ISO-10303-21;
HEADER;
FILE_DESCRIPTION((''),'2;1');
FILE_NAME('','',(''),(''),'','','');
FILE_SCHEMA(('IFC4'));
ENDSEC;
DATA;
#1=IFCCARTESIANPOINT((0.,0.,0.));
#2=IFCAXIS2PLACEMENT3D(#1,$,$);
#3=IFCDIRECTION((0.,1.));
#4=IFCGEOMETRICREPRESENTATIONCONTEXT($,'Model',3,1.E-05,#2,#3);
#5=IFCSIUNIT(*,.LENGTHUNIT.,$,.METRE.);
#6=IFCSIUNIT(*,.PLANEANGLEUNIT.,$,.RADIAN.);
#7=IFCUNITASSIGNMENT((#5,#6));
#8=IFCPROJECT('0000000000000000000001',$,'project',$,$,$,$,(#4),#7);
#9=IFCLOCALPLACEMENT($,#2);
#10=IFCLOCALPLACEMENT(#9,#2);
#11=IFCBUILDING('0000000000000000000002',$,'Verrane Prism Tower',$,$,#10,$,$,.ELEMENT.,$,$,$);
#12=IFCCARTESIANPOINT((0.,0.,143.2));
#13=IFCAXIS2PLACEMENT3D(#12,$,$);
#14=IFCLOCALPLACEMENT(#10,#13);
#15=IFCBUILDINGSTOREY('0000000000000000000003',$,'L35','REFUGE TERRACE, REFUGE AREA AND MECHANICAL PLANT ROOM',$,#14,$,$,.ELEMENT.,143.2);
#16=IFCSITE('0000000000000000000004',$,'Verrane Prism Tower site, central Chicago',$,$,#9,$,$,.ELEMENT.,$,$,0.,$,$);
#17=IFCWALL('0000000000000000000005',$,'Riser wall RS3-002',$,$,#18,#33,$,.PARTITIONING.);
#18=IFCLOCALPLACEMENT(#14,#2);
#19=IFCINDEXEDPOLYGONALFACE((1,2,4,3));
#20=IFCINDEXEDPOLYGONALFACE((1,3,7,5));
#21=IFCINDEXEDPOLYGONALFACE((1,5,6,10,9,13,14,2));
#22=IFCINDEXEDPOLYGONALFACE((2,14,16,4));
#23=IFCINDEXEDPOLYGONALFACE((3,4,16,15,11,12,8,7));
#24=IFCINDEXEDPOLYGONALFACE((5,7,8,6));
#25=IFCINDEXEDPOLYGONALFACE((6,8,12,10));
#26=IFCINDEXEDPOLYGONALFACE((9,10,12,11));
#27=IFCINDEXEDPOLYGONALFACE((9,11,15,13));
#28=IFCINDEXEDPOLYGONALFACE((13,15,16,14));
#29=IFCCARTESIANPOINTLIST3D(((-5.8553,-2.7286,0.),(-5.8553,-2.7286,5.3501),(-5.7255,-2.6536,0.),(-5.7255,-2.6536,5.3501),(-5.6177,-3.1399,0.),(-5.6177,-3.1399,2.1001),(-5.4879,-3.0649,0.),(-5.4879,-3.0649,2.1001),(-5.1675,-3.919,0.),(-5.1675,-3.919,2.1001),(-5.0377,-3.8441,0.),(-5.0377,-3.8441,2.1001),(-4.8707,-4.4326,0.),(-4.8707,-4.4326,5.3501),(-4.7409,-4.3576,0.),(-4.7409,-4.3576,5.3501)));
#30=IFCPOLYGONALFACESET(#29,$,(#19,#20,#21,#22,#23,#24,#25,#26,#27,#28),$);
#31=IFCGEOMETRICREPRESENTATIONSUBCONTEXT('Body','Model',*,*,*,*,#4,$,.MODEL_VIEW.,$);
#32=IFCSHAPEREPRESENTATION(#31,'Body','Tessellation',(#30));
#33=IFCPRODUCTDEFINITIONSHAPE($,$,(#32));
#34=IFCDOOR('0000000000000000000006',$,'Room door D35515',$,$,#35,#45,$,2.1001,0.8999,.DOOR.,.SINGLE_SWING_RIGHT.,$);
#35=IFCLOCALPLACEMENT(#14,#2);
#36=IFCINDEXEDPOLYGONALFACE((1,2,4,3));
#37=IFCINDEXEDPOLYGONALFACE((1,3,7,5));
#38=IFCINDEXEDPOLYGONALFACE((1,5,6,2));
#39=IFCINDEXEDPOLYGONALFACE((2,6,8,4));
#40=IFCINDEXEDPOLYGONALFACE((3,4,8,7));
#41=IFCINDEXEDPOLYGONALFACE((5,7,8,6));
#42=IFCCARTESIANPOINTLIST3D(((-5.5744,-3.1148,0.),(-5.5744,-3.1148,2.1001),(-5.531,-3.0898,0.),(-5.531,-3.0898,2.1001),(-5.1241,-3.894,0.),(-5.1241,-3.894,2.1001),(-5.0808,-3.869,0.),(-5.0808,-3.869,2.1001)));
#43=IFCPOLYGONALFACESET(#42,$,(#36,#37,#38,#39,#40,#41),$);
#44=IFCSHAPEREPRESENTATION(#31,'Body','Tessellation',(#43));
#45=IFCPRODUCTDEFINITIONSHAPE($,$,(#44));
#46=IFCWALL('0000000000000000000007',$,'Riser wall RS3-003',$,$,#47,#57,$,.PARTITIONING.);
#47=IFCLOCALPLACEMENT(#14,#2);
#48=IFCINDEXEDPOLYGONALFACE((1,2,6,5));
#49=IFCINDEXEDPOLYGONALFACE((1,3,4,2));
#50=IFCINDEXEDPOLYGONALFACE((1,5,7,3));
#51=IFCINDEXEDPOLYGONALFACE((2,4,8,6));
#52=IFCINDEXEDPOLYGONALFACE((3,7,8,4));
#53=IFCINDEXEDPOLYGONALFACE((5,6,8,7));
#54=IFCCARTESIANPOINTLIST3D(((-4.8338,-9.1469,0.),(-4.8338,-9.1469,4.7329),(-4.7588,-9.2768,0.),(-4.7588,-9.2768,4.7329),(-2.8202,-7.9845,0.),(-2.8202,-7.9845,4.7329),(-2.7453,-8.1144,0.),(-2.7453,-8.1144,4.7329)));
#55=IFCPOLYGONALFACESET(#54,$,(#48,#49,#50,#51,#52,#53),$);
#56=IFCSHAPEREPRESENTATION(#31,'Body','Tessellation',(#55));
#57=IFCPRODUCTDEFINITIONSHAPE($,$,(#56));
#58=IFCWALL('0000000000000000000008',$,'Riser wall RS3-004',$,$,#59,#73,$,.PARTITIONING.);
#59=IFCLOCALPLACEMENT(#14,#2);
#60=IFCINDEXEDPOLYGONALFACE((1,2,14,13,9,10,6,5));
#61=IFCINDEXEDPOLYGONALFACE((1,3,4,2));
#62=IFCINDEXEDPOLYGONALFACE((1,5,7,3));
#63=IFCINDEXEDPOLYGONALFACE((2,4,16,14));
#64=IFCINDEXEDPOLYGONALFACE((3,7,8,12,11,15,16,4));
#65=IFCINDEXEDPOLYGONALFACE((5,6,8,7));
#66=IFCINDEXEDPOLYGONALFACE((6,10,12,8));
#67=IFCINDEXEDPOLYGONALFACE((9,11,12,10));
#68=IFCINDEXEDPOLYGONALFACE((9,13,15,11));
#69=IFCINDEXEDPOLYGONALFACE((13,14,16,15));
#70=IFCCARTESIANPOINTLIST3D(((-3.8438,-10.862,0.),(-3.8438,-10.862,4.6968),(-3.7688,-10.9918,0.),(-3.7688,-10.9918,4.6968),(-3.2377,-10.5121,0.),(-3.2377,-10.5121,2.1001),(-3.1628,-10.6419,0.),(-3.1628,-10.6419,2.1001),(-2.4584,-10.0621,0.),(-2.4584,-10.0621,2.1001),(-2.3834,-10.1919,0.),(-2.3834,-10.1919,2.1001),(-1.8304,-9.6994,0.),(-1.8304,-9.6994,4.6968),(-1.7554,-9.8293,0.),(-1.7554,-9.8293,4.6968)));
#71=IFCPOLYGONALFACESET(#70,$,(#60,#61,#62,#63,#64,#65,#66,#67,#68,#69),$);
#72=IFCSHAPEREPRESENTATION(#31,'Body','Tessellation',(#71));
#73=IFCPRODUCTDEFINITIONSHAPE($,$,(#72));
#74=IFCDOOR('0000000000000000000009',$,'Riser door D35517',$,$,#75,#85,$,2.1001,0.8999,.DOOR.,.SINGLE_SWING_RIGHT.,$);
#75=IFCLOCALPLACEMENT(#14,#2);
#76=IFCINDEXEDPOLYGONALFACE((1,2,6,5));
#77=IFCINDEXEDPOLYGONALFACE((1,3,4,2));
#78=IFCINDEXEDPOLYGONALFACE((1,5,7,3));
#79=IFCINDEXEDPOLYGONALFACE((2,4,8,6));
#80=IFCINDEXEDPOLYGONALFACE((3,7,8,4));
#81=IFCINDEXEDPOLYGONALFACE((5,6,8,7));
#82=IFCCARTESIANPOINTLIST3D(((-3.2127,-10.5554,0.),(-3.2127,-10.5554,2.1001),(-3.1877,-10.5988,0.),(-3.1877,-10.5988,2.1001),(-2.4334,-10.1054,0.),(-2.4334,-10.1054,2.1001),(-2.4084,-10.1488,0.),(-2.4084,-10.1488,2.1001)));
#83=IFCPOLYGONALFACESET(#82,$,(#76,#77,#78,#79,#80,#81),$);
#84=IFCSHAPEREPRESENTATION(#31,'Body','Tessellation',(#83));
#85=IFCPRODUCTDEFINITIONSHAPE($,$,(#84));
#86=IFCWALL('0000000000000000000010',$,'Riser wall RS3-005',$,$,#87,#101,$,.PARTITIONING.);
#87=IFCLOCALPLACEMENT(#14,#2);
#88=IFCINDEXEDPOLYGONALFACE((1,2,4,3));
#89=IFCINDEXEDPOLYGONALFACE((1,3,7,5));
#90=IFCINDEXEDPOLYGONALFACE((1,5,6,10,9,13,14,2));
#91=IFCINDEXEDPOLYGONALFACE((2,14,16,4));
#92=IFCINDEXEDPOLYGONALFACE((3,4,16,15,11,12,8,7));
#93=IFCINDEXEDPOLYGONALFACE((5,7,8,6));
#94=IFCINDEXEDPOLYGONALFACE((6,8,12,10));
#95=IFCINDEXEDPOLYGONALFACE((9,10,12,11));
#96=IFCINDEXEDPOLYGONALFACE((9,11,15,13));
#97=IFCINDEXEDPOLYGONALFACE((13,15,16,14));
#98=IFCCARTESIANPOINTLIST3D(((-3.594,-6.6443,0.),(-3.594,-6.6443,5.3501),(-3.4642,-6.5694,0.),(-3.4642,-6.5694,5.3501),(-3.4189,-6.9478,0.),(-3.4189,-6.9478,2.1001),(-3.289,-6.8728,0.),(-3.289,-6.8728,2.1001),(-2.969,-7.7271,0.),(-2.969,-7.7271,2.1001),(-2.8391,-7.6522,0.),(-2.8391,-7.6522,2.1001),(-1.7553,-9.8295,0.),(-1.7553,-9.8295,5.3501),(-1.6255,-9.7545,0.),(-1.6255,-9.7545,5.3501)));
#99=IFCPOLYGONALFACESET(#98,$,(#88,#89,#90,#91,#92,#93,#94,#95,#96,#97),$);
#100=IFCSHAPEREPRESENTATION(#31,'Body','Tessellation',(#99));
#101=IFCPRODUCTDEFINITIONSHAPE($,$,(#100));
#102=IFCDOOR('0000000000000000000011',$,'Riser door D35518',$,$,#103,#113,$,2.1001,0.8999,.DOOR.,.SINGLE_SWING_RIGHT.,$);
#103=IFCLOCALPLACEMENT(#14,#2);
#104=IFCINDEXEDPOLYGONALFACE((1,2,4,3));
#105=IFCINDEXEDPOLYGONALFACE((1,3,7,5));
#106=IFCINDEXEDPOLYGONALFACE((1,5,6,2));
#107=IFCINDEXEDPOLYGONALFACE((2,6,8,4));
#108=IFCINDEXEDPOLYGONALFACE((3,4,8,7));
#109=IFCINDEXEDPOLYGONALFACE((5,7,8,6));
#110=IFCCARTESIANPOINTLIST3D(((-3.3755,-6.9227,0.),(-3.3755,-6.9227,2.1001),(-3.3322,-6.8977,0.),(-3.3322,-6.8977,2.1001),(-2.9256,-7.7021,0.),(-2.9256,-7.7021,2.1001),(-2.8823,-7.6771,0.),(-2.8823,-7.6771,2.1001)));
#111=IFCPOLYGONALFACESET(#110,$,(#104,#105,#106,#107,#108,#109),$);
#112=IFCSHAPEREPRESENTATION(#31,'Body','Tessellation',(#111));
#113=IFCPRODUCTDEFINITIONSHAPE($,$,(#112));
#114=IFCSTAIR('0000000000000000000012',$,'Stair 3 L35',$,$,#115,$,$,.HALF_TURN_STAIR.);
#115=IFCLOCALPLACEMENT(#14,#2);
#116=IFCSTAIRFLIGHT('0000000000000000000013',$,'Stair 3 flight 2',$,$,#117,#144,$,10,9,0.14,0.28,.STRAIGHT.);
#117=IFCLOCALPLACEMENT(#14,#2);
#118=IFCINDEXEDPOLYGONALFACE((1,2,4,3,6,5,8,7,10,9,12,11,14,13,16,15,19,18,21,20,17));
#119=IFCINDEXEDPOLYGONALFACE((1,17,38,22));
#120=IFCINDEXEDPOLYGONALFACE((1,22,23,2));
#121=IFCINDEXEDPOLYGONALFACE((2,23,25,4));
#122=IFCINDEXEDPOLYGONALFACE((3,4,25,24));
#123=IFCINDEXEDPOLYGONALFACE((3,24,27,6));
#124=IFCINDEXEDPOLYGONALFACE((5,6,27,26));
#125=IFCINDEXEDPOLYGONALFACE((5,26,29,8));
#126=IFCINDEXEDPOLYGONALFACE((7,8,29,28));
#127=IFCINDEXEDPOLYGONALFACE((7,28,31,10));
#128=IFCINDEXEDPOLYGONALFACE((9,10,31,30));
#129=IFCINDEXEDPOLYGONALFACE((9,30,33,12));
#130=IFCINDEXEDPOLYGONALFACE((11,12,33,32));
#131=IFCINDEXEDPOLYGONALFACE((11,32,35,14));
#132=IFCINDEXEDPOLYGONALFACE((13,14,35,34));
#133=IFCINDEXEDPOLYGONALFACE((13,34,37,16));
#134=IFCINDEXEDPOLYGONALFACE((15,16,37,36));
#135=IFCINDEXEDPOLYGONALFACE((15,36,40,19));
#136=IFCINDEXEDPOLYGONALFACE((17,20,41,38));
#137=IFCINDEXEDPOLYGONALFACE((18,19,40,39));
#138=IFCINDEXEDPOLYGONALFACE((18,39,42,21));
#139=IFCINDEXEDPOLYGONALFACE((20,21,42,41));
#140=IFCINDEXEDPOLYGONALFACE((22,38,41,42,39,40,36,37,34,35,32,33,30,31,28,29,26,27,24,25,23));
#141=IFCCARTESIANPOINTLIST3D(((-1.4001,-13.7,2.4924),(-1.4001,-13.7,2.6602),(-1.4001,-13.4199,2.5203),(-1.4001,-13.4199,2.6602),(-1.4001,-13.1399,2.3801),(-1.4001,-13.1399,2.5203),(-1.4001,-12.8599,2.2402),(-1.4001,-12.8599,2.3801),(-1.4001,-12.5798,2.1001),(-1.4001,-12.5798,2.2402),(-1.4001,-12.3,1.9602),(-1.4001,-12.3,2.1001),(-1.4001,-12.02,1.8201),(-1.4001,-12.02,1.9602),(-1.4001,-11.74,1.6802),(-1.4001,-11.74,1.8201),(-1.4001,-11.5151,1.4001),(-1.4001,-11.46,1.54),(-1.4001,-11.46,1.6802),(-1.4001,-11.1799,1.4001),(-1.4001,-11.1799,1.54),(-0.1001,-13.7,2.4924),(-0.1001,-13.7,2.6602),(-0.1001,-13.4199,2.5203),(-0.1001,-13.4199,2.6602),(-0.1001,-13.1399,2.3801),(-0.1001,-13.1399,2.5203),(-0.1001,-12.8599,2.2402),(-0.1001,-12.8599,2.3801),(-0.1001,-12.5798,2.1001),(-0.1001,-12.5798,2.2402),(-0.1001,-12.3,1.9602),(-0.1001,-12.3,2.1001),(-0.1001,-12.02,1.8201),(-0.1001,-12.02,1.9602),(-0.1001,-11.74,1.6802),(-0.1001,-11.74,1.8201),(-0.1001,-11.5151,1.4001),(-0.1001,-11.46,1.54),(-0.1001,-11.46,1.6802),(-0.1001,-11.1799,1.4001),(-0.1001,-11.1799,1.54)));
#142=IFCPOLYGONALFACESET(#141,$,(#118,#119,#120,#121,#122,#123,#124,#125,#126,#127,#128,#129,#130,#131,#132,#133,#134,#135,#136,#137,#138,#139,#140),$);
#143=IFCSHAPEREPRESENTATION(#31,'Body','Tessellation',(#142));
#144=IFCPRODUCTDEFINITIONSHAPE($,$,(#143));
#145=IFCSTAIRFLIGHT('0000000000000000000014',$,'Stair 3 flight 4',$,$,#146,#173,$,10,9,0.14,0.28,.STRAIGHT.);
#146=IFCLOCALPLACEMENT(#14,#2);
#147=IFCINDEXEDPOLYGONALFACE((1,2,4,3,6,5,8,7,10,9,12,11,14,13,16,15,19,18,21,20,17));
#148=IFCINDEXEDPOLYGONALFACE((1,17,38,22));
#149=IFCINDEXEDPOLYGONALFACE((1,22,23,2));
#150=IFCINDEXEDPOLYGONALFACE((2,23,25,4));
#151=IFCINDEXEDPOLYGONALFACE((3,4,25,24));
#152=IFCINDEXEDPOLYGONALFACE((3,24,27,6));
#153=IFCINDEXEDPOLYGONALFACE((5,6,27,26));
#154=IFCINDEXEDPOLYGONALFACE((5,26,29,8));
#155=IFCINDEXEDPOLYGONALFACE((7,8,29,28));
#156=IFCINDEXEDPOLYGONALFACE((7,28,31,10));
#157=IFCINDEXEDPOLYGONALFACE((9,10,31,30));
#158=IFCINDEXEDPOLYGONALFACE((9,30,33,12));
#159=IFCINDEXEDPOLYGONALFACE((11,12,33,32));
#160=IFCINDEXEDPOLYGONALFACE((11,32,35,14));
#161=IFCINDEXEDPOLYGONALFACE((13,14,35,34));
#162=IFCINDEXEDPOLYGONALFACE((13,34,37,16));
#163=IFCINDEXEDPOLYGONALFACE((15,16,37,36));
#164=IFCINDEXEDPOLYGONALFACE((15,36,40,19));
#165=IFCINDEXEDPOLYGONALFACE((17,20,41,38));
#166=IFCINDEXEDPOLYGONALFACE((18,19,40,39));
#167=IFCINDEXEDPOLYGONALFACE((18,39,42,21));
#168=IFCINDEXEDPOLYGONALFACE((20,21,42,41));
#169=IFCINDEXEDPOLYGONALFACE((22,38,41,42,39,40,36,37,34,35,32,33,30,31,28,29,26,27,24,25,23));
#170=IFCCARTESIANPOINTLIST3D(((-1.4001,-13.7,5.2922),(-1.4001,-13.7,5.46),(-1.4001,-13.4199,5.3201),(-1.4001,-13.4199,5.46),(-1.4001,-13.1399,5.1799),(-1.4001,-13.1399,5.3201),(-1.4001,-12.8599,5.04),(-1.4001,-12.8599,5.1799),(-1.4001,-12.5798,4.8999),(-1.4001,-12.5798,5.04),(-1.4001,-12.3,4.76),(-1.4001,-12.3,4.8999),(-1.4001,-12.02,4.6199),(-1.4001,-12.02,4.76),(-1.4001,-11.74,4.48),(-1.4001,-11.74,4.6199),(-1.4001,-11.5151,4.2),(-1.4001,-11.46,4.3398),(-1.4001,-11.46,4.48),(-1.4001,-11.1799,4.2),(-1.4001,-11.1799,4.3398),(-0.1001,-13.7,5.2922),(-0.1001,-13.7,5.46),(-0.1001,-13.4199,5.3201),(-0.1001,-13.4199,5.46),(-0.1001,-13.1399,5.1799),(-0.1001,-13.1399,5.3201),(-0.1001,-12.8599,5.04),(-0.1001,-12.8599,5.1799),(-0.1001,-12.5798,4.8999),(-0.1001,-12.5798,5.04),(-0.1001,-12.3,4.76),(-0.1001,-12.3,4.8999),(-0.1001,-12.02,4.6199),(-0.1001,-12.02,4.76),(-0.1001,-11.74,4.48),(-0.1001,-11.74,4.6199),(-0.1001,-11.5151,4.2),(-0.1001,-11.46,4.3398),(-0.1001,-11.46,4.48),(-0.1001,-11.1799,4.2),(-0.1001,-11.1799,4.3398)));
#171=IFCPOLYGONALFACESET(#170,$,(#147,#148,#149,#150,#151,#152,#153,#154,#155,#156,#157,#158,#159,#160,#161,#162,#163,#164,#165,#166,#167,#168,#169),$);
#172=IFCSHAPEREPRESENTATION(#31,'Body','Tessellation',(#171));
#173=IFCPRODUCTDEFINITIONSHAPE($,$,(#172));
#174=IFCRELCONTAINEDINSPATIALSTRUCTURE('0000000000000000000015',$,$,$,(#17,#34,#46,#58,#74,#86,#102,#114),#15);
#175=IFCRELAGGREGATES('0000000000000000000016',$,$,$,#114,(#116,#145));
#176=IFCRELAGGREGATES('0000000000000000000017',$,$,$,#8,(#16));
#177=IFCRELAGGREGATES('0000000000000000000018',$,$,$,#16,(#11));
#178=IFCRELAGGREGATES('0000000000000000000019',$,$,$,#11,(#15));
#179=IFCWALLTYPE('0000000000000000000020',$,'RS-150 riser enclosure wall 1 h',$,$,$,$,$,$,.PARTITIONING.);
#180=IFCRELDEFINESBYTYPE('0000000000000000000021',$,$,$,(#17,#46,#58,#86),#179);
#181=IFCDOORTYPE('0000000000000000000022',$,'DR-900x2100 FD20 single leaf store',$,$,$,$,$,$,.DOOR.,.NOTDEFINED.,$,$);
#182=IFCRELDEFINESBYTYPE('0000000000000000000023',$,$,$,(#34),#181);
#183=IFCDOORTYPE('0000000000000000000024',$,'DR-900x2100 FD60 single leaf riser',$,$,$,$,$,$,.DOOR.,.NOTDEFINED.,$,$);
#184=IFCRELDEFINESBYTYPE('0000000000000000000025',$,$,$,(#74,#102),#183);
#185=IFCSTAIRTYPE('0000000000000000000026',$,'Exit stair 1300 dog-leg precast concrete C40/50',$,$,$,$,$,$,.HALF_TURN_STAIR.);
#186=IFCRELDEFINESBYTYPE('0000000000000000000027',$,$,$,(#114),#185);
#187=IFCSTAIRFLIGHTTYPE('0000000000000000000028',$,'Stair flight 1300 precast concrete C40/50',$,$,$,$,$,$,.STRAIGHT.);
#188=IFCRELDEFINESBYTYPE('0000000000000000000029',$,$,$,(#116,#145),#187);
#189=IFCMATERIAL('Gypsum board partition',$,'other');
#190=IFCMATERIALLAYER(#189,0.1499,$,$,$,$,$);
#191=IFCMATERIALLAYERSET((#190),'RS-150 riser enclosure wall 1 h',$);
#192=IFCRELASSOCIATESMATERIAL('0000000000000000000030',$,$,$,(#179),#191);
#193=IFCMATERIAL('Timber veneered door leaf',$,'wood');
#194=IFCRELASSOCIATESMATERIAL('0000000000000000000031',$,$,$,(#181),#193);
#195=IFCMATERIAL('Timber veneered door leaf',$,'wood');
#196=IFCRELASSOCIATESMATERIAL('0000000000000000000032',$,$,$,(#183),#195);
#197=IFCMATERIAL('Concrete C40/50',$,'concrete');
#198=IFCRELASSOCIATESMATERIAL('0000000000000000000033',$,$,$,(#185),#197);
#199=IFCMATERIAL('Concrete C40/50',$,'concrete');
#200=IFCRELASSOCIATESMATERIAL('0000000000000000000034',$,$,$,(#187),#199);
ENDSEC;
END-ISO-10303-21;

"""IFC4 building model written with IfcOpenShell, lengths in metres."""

from ifc_helpers import new_model, si_unit, direction, frame, frame_2d, origin, place, context, subcontext, project, spatial, polyline, rectangle, outline, extrude, material, layer, layer_set, type_object, element, fill, aggregate, save


model = new_model("IFC4")

# Units and contexts
model_context = context("Model", 3, precision=1e-05, world=origin(), true_north=direction((0.0, 1.0)))
body_context = subcontext(model_context, "Body", "Model", "MODEL_VIEW")
ifc_project = project(units=[si_unit("LENGTHUNIT", "METRE"), si_unit("PLANEANGLEUNIT", "RADIAN")], contexts=[model_context])

# Site, building, storey
site_placement = place(None, origin())
site = spatial("IfcSite", under=ifc_project, at=site_placement, Name="Verrane Prism Tower site, central Chicago", CompositionType="ELEMENT", RefElevation=0.0)
building_placement = place(site_placement, origin())
building = spatial("IfcBuilding", under=site, at=building_placement, Name="Verrane Prism Tower", CompositionType="ELEMENT")
storey_placement = place(building_placement, frame((0.0, 0.0, 143.2)))
storey = spatial("IfcBuildingStorey", under=building, at=storey_placement, Name="L35", Description="REFUGE TERRACE, REFUGE AREA AND MECHANICAL PLANT ROOM", CompositionType="ELEMENT", Elevation=143.2)

# Wall, opening, door
ifc_material_1 = material(Name="Gypsum board partition", Category="other")
ifc_layer_1 = layer(ifc_material_1, 0.1499)
ifc_layer_set_1 = layer_set([ifc_layer_1], Name="RS-150 riser enclosure wall 1 h")
wall_type_1 = type_object("IfcWallType", Name="RS-150 riser enclosure wall 1 h", PredefinedType="PARTITIONING", material=ifc_layer_set_1)
wall_1_placement = place(storey_placement, frame((-4.8059, -4.395, 0.0), z_axis=(0.0, 0.0, 1.0), x_axis=(-0.500288, 0.865859, 0.0)))
wall_1 = element("IfcWall", 1, at=wall_1_placement, inside=storey, type_object=wall_type_1, Name="Riser wall RS3-002", PredefinedType="PARTITIONING", context=body_context, shape_type="SweptSolid", body=[
    extrude(rectangle(XDim=1.968, YDim=0.1499, at=frame_2d((0.9839, 0.0))), origin(), (0.0, 0.0, 1.0), 5.3501),
])
opening_1_placement = place(wall_1_placement, frame((0.593, 0.0, 0.0)))
opening_1 = element("IfcOpeningElement", 2, at=opening_1_placement, cuts=wall_1, PredefinedType="OPENING", context=body_context, shape_type="SweptSolid", body=[
    extrude(rectangle(XDim=0.8999, YDim=2.1001, at=frame_2d((0.45, 1.05))), frame((0.0, 0.085, 0.0), z_axis=(0.0, -1.0, 0.0), x_axis=(1.0, 0.0, 0.0)), (0.0, 0.0, 1.0), 0.1699),
])
ifc_material_2 = material(Name="Timber veneered door leaf", Category="wood")
door_type_1 = type_object("IfcDoorType", Name="DR-900x2100 FD20 single leaf store", OperationType="NOTDEFINED", PredefinedType="DOOR", material=ifc_material_2)
door_1_placement = place(opening_1_placement, origin())
door_1 = element("IfcDoor", 3, at=door_1_placement, inside=storey, type_object=door_type_1, Name="Room door D35515", OperationType="SINGLE_SWING_RIGHT", OverallHeight=2.1001, OverallWidth=0.8999, PredefinedType="DOOR", context=body_context, shape_type="SweptSolid", body=[
    extrude(rectangle(XDim=0.8999, YDim=2.1001, at=frame_2d((0.45, 1.05))), frame((0.0, 0.0249, 0.0), z_axis=(0.0, -1.0, 0.0), x_axis=(1.0, 0.0, 0.0)), (0.0, 0.0, 1.0), 0.05),
])
fill(opening_1, door_1)

# Wall
wall_2_placement = place(storey_placement, frame((-4.7964, -9.2119, 0.0), z_axis=(0.0, 0.0, 1.0), x_axis=(0.866044, 0.499968, 0.0)))
element("IfcWall", 4, at=wall_2_placement, inside=storey, type_object=wall_type_1, Name="Riser wall RS3-003", PredefinedType="PARTITIONING", context=body_context, shape_type="SweptSolid", body=[
    extrude(rectangle(XDim=2.325, YDim=0.1499, at=frame_2d((1.1626, 0.0))), origin(), (0.0, 0.0, 1.0), 4.7329),
])

# Walls, openings, doors
wall_3_placement = place(storey_placement, frame((-3.8064, -10.927, 0.0), z_axis=(0.0, 0.0, 1.0), x_axis=(0.865998, 0.500047, 0.0)))
wall_3 = element("IfcWall", 5, at=wall_3_placement, inside=storey, type_object=wall_type_1, Name="Riser wall RS3-004", PredefinedType="PARTITIONING", context=body_context, shape_type="SweptSolid", body=[
    extrude(rectangle(XDim=2.325, YDim=0.1499, at=frame_2d((1.1626, 0.0))), origin(), (0.0, 0.0, 1.0), 4.6968),
])
opening_2_placement = place(wall_3_placement, frame((0.7, 0.0, 0.0)))
opening_2 = element("IfcOpeningElement", 6, at=opening_2_placement, cuts=wall_3, PredefinedType="OPENING", context=body_context, shape_type="SweptSolid", body=[
    extrude(rectangle(XDim=0.8999, YDim=2.1001, at=frame_2d((0.45, 1.05))), frame((0.0, 0.085, 0.0), z_axis=(0.0, -1.0, 0.0), x_axis=(1.0, 0.0, 0.0)), (0.0, 0.0, 1.0), 0.1699),
])
ifc_material_3 = material(Name="Timber veneered door leaf", Category="wood")
door_type_2 = type_object("IfcDoorType", Name="DR-900x2100 FD60 single leaf riser", OperationType="NOTDEFINED", PredefinedType="DOOR", material=ifc_material_3)
door_2_placement = place(opening_2_placement, origin())
door_2 = element("IfcDoor", 7, at=door_2_placement, inside=storey, type_object=door_type_2, Name="Riser door D35517", OperationType="SINGLE_SWING_RIGHT", OverallHeight=2.1001, OverallWidth=0.8999, PredefinedType="DOOR", context=body_context, shape_type="SweptSolid", body=[
    extrude(rectangle(XDim=0.8999, YDim=2.1001, at=frame_2d((0.45, 1.05))), frame((0.0, 0.0249, 0.0), z_axis=(0.0, -1.0, 0.0), x_axis=(1.0, 0.0, 0.0)), (0.0, 0.0, 1.0), 0.05),
])
fill(opening_2, door_2)
wall_4_placement = place(storey_placement, frame((-1.6904, -9.792, 0.0), z_axis=(0.0, 0.0, 1.0), x_axis=(-0.499945, 0.866057, 0.0)))
wall_4 = element("IfcWall", 8, at=wall_4_placement, inside=storey, type_object=wall_type_1, Name="Riser wall RS3-005", PredefinedType="PARTITIONING", context=body_context, shape_type="SweptSolid", body=[
    extrude(rectangle(XDim=3.6777, YDim=0.1499, at=frame_2d((1.8389, 0.0))), origin(), (0.0, 0.0, 1.0), 5.3501),
])
opening_3_placement = place(wall_4_placement, frame((2.4275, 0.0, 0.0)))
opening_3 = element("IfcOpeningElement", 9, at=opening_3_placement, cuts=wall_4, PredefinedType="OPENING", context=body_context, shape_type="SweptSolid", body=[
    extrude(rectangle(XDim=0.8999, YDim=2.1001, at=frame_2d((0.45, 1.05))), frame((0.0, 0.085, 0.0), z_axis=(0.0, -1.0, 0.0), x_axis=(1.0, 0.0, 0.0)), (0.0, 0.0, 1.0), 0.1699),
])
door_3_placement = place(opening_3_placement, origin())
door_3 = element("IfcDoor", 10, at=door_3_placement, inside=storey, type_object=door_type_2, Name="Riser door D35518", OperationType="SINGLE_SWING_RIGHT", OverallHeight=2.1001, OverallWidth=0.8999, PredefinedType="DOOR", context=body_context, shape_type="SweptSolid", body=[
    extrude(rectangle(XDim=0.8999, YDim=2.1001, at=frame_2d((0.45, 1.05))), frame((0.0, 0.0249, 0.0), z_axis=(0.0, -1.0, 0.0), x_axis=(1.0, 0.0, 0.0)), (0.0, 0.0, 1.0), 0.05),
])
fill(opening_3, door_3)

# Stair, stair flights
ifc_material_4 = material(Name="Concrete C40/50", Category="concrete")
stair_type = type_object("IfcStairType", Name="Exit stair 1300 dog-leg precast concrete C40/50", PredefinedType="HALF_TURN_STAIR", material=ifc_material_4)
stair_placement = place(storey_placement, origin())
stair = element("IfcStair", 11, at=stair_placement, inside=storey, type_object=stair_type, Name="Stair 3 L35", PredefinedType="HALF_TURN_STAIR")
ifc_material_5 = material(Name="Concrete C40/50", Category="concrete")
stair_flight_type = type_object("IfcStairFlightType", Name="Stair flight 1300 precast concrete C40/50", PredefinedType="STRAIGHT", material=ifc_material_5)
stair_flight_1_placement = place(storey_placement, frame((-0.75, -11.1799, 1.4001), z_axis=(0.0, 0.0, 1.0), x_axis=(0.0, -1.0, 0.0)))
stair_flight_1 = element("IfcStairFlight", 12, at=stair_flight_1_placement, type_object=stair_flight_type, Name="Stair 3 flight 2", NumberOfRisers=10, NumberOfTreads=9, PredefinedType="STRAIGHT", RiserHeight=0.14, TreadLength=0.28, context=body_context, shape_type="SweptSolid", body=[
    extrude(outline(polyline([(0.0, 0.0), (0.0, 0.1399), (0.28, 0.1399), (0.28, 0.28), (0.5601, 0.28), (0.5601, 0.4199), (0.8401, 0.4199), (0.8401, 0.5601), (1.1201, 0.5601), (1.1201, 0.7), (1.3999, 0.7), (1.3999, 0.8401), (1.6799, 0.8401), (1.6799, 0.98), (1.96, 0.98), (1.96, 1.1201), (2.24, 1.1201), (2.24, 1.26), (2.52, 1.26), (2.52, 1.3999), (2.52, 1.0923), (0.3352, 0.0), (0.0, 0.0)])), frame((0.0, 0.6499, 0.0), z_axis=(0.0, -1.0, 0.0), x_axis=(1.0, 0.0, 0.0)), (0.0, 0.0, 1.0), 1.3),
])
stair_flight_2_placement = place(storey_placement, frame((-0.75, -11.1799, 4.2), z_axis=(0.0, 0.0, 1.0), x_axis=(0.0, -1.0, 0.0)))
stair_flight_2 = element("IfcStairFlight", 13, at=stair_flight_2_placement, type_object=stair_flight_type, Name="Stair 3 flight 4", NumberOfRisers=10, NumberOfTreads=9, PredefinedType="STRAIGHT", RiserHeight=0.14, TreadLength=0.28, context=body_context, shape_type="SweptSolid", body=[
    extrude(outline(polyline([(0.0, 0.0), (0.0, 0.1399), (0.28, 0.1399), (0.28, 0.28), (0.5601, 0.28), (0.5601, 0.4199), (0.8401, 0.4199), (0.8401, 0.5601), (1.1201, 0.5601), (1.1201, 0.7), (1.3999, 0.7), (1.3999, 0.8401), (1.6799, 0.8401), (1.6799, 0.98), (1.96, 0.98), (1.96, 1.1201), (2.24, 1.1201), (2.24, 1.26), (2.52, 1.26), (2.52, 1.3999), (2.52, 1.0923), (0.3352, 0.0), (0.0, 0.0)])), frame((0.0, 0.6499, 0.0), z_axis=(0.0, -1.0, 0.0), x_axis=(1.0, 0.0, 0.0)), (0.0, 0.0, 1.0), 1.3),
])
aggregate(stair, [stair_flight_1, stair_flight_2])

save(model, "model.ifc")
